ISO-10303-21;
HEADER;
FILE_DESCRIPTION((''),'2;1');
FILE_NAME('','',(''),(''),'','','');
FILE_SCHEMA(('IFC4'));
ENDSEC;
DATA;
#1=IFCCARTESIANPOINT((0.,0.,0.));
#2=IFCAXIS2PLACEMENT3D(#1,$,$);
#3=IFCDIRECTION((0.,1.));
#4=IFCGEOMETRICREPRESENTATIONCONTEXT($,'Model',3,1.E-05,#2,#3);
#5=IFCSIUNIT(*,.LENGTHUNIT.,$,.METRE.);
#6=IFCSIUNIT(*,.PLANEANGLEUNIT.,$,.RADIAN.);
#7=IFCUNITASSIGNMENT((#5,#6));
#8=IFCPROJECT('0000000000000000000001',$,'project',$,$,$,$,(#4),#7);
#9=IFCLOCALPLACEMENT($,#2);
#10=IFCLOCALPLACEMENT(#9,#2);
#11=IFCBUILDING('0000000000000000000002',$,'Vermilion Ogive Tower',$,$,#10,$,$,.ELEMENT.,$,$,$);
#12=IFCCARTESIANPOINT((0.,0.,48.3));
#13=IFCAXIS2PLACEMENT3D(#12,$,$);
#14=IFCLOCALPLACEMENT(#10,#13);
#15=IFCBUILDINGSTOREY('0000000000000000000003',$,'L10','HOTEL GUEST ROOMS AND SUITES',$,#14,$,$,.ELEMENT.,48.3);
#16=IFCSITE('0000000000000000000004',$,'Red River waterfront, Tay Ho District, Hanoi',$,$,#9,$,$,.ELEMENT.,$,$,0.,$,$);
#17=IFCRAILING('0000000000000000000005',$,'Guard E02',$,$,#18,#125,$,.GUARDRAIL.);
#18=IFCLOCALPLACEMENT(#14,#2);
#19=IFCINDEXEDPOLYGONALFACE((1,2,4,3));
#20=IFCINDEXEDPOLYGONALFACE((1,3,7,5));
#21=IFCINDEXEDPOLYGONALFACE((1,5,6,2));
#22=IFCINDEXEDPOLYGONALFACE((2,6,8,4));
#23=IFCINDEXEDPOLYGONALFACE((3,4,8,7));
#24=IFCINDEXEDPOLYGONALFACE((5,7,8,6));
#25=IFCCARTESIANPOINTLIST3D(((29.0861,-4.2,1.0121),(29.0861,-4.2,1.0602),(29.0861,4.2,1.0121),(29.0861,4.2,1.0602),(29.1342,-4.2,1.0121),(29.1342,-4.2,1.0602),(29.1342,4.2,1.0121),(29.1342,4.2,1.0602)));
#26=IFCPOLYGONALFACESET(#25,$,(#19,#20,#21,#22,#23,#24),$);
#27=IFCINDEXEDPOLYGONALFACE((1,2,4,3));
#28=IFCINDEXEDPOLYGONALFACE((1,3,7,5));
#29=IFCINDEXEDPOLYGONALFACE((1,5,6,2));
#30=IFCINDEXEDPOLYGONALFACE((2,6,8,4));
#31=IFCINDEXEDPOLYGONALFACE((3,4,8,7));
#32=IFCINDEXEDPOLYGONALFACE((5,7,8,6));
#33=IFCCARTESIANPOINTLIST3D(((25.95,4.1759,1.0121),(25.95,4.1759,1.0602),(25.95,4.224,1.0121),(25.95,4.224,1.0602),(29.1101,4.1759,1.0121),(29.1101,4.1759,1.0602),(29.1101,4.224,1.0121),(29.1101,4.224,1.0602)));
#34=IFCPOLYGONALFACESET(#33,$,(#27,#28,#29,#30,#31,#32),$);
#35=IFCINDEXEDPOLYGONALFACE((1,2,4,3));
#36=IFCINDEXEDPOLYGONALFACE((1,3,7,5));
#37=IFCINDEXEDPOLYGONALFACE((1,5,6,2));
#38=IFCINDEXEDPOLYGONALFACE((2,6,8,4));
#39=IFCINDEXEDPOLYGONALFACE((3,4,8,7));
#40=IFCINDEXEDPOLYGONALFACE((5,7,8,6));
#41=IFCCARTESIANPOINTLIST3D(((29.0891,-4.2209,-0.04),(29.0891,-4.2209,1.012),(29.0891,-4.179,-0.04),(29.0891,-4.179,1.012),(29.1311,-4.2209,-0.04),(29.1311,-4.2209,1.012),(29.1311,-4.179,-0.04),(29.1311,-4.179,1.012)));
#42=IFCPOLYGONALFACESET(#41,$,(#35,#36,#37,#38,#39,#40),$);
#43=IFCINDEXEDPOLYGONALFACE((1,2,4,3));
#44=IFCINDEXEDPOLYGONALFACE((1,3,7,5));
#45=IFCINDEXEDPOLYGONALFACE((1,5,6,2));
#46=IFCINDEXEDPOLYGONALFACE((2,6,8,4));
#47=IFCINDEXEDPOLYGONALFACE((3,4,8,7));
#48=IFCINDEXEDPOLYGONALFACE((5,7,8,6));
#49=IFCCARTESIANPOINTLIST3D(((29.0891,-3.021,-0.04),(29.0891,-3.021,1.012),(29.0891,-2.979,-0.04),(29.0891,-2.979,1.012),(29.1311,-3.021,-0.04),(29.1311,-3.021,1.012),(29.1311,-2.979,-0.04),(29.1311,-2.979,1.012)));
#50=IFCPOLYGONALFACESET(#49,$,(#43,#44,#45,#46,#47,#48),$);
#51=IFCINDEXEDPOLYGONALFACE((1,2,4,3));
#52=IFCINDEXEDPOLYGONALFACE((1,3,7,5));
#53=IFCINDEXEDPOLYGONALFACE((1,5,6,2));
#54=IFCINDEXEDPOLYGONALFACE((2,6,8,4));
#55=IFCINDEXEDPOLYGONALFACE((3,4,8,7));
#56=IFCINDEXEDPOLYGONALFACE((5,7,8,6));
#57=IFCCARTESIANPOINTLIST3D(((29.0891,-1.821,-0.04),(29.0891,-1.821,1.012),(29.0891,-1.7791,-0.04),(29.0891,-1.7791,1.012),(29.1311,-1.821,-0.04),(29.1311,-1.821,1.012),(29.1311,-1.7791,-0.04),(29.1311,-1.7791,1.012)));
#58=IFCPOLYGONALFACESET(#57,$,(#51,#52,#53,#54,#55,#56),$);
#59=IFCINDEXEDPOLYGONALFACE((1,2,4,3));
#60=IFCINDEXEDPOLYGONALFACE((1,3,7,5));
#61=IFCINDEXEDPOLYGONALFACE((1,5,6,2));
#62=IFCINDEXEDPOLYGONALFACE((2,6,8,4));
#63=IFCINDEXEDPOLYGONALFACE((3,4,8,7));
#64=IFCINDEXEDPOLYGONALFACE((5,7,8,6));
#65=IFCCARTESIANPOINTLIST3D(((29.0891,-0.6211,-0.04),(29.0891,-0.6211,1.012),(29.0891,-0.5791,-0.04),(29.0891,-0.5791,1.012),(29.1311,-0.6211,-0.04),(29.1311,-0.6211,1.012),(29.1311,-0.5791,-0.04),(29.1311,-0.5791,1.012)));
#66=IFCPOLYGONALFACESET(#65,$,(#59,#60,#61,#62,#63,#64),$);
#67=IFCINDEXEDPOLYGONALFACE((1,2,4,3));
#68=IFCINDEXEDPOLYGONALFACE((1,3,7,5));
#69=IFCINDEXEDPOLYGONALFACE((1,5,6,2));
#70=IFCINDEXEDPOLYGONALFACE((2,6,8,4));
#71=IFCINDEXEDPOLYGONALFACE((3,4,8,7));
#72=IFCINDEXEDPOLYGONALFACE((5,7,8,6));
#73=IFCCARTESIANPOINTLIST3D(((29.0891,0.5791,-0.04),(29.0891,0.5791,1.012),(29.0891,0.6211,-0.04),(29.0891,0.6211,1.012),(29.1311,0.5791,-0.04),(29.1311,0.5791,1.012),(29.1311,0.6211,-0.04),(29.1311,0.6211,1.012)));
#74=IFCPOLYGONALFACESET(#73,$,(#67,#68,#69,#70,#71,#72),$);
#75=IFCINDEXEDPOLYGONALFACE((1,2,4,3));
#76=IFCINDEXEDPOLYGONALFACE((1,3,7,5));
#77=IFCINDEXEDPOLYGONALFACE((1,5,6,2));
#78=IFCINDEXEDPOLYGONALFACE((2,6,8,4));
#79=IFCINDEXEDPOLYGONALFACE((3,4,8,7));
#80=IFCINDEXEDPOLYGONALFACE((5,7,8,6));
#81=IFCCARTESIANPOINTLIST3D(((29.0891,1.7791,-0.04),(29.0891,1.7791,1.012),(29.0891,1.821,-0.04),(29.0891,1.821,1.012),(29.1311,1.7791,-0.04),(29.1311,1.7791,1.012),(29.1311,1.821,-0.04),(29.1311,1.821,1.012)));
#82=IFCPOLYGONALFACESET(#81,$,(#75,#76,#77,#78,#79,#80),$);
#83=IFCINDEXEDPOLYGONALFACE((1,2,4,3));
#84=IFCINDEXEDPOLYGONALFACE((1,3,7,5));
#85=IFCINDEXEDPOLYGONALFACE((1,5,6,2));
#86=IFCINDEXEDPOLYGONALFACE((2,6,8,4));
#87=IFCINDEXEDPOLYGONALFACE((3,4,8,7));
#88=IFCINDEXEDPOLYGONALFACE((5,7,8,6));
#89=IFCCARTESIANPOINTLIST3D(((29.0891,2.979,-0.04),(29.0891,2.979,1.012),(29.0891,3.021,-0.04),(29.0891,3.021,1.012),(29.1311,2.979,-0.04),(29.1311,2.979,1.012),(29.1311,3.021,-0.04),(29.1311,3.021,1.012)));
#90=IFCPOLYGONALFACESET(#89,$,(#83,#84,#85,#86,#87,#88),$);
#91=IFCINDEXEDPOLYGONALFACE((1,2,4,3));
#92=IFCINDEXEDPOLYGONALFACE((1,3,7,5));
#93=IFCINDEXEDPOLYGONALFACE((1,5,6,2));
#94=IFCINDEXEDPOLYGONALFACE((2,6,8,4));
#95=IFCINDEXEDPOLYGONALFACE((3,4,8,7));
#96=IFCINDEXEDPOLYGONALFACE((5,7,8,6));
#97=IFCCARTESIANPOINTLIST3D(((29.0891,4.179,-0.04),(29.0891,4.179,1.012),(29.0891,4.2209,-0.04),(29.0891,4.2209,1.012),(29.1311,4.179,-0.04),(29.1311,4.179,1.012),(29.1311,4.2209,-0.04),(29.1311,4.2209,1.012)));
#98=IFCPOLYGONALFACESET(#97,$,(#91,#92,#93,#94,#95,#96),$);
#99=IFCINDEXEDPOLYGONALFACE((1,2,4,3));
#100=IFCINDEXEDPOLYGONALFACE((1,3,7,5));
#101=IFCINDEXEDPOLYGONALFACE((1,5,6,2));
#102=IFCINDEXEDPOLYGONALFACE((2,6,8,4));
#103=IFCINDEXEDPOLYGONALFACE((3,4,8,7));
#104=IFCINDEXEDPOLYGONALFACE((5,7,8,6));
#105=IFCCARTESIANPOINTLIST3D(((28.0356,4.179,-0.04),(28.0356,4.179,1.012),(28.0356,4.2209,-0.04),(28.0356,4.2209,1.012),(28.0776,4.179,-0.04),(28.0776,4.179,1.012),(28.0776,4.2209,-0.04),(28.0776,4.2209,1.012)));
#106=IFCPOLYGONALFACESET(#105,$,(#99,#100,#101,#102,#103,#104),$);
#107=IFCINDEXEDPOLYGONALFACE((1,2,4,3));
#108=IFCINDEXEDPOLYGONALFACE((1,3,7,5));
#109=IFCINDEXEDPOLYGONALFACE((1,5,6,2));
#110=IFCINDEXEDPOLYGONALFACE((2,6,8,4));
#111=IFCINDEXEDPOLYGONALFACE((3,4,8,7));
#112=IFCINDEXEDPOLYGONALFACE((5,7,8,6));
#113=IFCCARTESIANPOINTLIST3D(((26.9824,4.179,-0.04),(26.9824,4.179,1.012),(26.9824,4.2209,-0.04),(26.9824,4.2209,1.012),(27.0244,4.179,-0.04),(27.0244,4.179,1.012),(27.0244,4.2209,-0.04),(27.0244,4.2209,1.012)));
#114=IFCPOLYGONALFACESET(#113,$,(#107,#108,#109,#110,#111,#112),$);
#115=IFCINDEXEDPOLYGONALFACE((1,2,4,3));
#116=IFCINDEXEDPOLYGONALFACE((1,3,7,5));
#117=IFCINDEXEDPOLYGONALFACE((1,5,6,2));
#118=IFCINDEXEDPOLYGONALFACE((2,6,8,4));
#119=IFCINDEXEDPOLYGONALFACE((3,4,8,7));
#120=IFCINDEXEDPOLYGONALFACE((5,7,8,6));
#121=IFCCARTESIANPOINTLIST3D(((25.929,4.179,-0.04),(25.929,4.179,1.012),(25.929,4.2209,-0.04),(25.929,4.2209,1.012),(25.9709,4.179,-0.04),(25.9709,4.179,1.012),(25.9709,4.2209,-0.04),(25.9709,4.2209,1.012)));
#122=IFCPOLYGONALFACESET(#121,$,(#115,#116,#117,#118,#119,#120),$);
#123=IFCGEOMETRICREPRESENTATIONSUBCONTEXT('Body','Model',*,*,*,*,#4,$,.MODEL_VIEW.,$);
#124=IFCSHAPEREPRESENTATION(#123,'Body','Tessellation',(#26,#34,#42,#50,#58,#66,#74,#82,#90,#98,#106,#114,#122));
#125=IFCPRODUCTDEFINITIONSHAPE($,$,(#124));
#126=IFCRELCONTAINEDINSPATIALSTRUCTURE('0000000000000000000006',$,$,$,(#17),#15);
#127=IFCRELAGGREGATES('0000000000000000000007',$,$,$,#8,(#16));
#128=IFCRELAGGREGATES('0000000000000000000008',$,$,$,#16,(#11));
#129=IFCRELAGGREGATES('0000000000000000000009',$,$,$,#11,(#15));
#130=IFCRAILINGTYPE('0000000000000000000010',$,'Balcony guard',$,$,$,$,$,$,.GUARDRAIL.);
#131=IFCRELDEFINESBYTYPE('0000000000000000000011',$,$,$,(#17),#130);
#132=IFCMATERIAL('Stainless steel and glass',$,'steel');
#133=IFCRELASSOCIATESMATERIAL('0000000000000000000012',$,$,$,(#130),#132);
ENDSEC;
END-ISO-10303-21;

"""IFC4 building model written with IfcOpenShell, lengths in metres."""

from ifc_helpers import new_model, si_unit, direction, frame, origin, origin_2d, place, context, subcontext, project, spatial, rectangle, extrude, material, type_object, element, save


model = new_model("IFC4")

# Units and contexts
model_context = context("Model", 3, precision=1e-05, world=origin(), true_north=direction((0.0, 1.0)))
body_context = subcontext(model_context, "Body", "Model", "MODEL_VIEW")
ifc_project = project(units=[si_unit("LENGTHUNIT", "METRE"), si_unit("PLANEANGLEUNIT", "RADIAN")], contexts=[model_context])

# Site, building, storey
site_placement = place(None, origin())
site = spatial("IfcSite", under=ifc_project, at=site_placement, Name="Red River waterfront, Tay Ho District, Hanoi", CompositionType="ELEMENT", RefElevation=0.0)
building_placement = place(site_placement, origin())
building = spatial("IfcBuilding", under=site, at=building_placement, Name="Vermilion Ogive Tower", CompositionType="ELEMENT")
storey_placement = place(building_placement, frame((0.0, 0.0, 48.3)))
storey = spatial("IfcBuildingStorey", under=building, at=storey_placement, Name="L10", Description="HOTEL GUEST ROOMS AND SUITES", CompositionType="ELEMENT", Elevation=48.3)

# Railing
ifc_material_1 = material(Name="Stainless steel and glass", Category="steel")
railing_type = type_object("IfcRailingType", Name="Balcony guard", PredefinedType="GUARDRAIL", material=ifc_material_1)
railing_placement = place(storey_placement, frame((29.1101, -4.2, -0.04)))
element("IfcRailing", 1, at=railing_placement, inside=storey, type_object=railing_type, Name="Guard E02", PredefinedType="GUARDRAIL", context=body_context, shape_type="SweptSolid", body=[
    extrude(rectangle(XDim=0.0481, YDim=0.0481, at=origin_2d()), frame((0.0, 0.0, 1.0762), z_axis=(0.0, 1.0, 0.0), x_axis=(-1.0, 0.0, 0.0)), (0.0, 0.0, 1.0), 8.3999),
    extrude(rectangle(XDim=0.0481, YDim=0.0481, at=origin_2d()), frame((0.0, 8.3999, 1.0762), z_axis=(-1.0, 0.0, 0.0), x_axis=(0.0, -1.0, 0.0)), (0.0, 0.0, 1.0), 3.1602),
    extrude(rectangle(XDim=0.042, YDim=0.042, at=origin_2d()), origin(), (0.0, 0.0, 1.0), 1.052),
    extrude(rectangle(XDim=0.042, YDim=0.042, at=origin_2d()), frame((0.0, 1.2, 0.0)), (0.0, 0.0, 1.0), 1.052),
    extrude(rectangle(XDim=0.042, YDim=0.042, at=origin_2d()), frame((0.0, 2.3999, 0.0)), (0.0, 0.0, 1.0), 1.052),
    extrude(rectangle(XDim=0.042, YDim=0.042, at=origin_2d()), frame((0.0, 3.5999, 0.0)), (0.0, 0.0, 1.0), 1.052),
    extrude(rectangle(XDim=0.042, YDim=0.042, at=origin_2d()), frame((0.0, 4.8, 0.0)), (0.0, 0.0, 1.0), 1.052),
    extrude(rectangle(XDim=0.042, YDim=0.042, at=origin_2d()), frame((0.0, 6.0, 0.0)), (0.0, 0.0, 1.0), 1.052),
    extrude(rectangle(XDim=0.042, YDim=0.042, at=origin_2d()), frame((0.0, 7.2, 0.0)), (0.0, 0.0, 1.0), 1.052),
    extrude(rectangle(XDim=0.042, YDim=0.042, at=origin_2d()), frame((0.0, 8.3999, 0.0)), (0.0, 0.0, 1.0), 1.052),
    extrude(rectangle(XDim=0.042, YDim=0.042, at=origin_2d()), frame((-1.0535, 8.3999, 0.0)), (0.0, 0.0, 1.0), 1.052),
    extrude(rectangle(XDim=0.042, YDim=0.042, at=origin_2d()), frame((-2.1067, 8.3999, 0.0)), (0.0, 0.0, 1.0), 1.052),
    extrude(rectangle(XDim=0.042, YDim=0.042, at=origin_2d()), frame((-3.1602, 8.3999, 0.0)), (0.0, 0.0, 1.0), 1.052),
])

save(model, "model.ifc")
